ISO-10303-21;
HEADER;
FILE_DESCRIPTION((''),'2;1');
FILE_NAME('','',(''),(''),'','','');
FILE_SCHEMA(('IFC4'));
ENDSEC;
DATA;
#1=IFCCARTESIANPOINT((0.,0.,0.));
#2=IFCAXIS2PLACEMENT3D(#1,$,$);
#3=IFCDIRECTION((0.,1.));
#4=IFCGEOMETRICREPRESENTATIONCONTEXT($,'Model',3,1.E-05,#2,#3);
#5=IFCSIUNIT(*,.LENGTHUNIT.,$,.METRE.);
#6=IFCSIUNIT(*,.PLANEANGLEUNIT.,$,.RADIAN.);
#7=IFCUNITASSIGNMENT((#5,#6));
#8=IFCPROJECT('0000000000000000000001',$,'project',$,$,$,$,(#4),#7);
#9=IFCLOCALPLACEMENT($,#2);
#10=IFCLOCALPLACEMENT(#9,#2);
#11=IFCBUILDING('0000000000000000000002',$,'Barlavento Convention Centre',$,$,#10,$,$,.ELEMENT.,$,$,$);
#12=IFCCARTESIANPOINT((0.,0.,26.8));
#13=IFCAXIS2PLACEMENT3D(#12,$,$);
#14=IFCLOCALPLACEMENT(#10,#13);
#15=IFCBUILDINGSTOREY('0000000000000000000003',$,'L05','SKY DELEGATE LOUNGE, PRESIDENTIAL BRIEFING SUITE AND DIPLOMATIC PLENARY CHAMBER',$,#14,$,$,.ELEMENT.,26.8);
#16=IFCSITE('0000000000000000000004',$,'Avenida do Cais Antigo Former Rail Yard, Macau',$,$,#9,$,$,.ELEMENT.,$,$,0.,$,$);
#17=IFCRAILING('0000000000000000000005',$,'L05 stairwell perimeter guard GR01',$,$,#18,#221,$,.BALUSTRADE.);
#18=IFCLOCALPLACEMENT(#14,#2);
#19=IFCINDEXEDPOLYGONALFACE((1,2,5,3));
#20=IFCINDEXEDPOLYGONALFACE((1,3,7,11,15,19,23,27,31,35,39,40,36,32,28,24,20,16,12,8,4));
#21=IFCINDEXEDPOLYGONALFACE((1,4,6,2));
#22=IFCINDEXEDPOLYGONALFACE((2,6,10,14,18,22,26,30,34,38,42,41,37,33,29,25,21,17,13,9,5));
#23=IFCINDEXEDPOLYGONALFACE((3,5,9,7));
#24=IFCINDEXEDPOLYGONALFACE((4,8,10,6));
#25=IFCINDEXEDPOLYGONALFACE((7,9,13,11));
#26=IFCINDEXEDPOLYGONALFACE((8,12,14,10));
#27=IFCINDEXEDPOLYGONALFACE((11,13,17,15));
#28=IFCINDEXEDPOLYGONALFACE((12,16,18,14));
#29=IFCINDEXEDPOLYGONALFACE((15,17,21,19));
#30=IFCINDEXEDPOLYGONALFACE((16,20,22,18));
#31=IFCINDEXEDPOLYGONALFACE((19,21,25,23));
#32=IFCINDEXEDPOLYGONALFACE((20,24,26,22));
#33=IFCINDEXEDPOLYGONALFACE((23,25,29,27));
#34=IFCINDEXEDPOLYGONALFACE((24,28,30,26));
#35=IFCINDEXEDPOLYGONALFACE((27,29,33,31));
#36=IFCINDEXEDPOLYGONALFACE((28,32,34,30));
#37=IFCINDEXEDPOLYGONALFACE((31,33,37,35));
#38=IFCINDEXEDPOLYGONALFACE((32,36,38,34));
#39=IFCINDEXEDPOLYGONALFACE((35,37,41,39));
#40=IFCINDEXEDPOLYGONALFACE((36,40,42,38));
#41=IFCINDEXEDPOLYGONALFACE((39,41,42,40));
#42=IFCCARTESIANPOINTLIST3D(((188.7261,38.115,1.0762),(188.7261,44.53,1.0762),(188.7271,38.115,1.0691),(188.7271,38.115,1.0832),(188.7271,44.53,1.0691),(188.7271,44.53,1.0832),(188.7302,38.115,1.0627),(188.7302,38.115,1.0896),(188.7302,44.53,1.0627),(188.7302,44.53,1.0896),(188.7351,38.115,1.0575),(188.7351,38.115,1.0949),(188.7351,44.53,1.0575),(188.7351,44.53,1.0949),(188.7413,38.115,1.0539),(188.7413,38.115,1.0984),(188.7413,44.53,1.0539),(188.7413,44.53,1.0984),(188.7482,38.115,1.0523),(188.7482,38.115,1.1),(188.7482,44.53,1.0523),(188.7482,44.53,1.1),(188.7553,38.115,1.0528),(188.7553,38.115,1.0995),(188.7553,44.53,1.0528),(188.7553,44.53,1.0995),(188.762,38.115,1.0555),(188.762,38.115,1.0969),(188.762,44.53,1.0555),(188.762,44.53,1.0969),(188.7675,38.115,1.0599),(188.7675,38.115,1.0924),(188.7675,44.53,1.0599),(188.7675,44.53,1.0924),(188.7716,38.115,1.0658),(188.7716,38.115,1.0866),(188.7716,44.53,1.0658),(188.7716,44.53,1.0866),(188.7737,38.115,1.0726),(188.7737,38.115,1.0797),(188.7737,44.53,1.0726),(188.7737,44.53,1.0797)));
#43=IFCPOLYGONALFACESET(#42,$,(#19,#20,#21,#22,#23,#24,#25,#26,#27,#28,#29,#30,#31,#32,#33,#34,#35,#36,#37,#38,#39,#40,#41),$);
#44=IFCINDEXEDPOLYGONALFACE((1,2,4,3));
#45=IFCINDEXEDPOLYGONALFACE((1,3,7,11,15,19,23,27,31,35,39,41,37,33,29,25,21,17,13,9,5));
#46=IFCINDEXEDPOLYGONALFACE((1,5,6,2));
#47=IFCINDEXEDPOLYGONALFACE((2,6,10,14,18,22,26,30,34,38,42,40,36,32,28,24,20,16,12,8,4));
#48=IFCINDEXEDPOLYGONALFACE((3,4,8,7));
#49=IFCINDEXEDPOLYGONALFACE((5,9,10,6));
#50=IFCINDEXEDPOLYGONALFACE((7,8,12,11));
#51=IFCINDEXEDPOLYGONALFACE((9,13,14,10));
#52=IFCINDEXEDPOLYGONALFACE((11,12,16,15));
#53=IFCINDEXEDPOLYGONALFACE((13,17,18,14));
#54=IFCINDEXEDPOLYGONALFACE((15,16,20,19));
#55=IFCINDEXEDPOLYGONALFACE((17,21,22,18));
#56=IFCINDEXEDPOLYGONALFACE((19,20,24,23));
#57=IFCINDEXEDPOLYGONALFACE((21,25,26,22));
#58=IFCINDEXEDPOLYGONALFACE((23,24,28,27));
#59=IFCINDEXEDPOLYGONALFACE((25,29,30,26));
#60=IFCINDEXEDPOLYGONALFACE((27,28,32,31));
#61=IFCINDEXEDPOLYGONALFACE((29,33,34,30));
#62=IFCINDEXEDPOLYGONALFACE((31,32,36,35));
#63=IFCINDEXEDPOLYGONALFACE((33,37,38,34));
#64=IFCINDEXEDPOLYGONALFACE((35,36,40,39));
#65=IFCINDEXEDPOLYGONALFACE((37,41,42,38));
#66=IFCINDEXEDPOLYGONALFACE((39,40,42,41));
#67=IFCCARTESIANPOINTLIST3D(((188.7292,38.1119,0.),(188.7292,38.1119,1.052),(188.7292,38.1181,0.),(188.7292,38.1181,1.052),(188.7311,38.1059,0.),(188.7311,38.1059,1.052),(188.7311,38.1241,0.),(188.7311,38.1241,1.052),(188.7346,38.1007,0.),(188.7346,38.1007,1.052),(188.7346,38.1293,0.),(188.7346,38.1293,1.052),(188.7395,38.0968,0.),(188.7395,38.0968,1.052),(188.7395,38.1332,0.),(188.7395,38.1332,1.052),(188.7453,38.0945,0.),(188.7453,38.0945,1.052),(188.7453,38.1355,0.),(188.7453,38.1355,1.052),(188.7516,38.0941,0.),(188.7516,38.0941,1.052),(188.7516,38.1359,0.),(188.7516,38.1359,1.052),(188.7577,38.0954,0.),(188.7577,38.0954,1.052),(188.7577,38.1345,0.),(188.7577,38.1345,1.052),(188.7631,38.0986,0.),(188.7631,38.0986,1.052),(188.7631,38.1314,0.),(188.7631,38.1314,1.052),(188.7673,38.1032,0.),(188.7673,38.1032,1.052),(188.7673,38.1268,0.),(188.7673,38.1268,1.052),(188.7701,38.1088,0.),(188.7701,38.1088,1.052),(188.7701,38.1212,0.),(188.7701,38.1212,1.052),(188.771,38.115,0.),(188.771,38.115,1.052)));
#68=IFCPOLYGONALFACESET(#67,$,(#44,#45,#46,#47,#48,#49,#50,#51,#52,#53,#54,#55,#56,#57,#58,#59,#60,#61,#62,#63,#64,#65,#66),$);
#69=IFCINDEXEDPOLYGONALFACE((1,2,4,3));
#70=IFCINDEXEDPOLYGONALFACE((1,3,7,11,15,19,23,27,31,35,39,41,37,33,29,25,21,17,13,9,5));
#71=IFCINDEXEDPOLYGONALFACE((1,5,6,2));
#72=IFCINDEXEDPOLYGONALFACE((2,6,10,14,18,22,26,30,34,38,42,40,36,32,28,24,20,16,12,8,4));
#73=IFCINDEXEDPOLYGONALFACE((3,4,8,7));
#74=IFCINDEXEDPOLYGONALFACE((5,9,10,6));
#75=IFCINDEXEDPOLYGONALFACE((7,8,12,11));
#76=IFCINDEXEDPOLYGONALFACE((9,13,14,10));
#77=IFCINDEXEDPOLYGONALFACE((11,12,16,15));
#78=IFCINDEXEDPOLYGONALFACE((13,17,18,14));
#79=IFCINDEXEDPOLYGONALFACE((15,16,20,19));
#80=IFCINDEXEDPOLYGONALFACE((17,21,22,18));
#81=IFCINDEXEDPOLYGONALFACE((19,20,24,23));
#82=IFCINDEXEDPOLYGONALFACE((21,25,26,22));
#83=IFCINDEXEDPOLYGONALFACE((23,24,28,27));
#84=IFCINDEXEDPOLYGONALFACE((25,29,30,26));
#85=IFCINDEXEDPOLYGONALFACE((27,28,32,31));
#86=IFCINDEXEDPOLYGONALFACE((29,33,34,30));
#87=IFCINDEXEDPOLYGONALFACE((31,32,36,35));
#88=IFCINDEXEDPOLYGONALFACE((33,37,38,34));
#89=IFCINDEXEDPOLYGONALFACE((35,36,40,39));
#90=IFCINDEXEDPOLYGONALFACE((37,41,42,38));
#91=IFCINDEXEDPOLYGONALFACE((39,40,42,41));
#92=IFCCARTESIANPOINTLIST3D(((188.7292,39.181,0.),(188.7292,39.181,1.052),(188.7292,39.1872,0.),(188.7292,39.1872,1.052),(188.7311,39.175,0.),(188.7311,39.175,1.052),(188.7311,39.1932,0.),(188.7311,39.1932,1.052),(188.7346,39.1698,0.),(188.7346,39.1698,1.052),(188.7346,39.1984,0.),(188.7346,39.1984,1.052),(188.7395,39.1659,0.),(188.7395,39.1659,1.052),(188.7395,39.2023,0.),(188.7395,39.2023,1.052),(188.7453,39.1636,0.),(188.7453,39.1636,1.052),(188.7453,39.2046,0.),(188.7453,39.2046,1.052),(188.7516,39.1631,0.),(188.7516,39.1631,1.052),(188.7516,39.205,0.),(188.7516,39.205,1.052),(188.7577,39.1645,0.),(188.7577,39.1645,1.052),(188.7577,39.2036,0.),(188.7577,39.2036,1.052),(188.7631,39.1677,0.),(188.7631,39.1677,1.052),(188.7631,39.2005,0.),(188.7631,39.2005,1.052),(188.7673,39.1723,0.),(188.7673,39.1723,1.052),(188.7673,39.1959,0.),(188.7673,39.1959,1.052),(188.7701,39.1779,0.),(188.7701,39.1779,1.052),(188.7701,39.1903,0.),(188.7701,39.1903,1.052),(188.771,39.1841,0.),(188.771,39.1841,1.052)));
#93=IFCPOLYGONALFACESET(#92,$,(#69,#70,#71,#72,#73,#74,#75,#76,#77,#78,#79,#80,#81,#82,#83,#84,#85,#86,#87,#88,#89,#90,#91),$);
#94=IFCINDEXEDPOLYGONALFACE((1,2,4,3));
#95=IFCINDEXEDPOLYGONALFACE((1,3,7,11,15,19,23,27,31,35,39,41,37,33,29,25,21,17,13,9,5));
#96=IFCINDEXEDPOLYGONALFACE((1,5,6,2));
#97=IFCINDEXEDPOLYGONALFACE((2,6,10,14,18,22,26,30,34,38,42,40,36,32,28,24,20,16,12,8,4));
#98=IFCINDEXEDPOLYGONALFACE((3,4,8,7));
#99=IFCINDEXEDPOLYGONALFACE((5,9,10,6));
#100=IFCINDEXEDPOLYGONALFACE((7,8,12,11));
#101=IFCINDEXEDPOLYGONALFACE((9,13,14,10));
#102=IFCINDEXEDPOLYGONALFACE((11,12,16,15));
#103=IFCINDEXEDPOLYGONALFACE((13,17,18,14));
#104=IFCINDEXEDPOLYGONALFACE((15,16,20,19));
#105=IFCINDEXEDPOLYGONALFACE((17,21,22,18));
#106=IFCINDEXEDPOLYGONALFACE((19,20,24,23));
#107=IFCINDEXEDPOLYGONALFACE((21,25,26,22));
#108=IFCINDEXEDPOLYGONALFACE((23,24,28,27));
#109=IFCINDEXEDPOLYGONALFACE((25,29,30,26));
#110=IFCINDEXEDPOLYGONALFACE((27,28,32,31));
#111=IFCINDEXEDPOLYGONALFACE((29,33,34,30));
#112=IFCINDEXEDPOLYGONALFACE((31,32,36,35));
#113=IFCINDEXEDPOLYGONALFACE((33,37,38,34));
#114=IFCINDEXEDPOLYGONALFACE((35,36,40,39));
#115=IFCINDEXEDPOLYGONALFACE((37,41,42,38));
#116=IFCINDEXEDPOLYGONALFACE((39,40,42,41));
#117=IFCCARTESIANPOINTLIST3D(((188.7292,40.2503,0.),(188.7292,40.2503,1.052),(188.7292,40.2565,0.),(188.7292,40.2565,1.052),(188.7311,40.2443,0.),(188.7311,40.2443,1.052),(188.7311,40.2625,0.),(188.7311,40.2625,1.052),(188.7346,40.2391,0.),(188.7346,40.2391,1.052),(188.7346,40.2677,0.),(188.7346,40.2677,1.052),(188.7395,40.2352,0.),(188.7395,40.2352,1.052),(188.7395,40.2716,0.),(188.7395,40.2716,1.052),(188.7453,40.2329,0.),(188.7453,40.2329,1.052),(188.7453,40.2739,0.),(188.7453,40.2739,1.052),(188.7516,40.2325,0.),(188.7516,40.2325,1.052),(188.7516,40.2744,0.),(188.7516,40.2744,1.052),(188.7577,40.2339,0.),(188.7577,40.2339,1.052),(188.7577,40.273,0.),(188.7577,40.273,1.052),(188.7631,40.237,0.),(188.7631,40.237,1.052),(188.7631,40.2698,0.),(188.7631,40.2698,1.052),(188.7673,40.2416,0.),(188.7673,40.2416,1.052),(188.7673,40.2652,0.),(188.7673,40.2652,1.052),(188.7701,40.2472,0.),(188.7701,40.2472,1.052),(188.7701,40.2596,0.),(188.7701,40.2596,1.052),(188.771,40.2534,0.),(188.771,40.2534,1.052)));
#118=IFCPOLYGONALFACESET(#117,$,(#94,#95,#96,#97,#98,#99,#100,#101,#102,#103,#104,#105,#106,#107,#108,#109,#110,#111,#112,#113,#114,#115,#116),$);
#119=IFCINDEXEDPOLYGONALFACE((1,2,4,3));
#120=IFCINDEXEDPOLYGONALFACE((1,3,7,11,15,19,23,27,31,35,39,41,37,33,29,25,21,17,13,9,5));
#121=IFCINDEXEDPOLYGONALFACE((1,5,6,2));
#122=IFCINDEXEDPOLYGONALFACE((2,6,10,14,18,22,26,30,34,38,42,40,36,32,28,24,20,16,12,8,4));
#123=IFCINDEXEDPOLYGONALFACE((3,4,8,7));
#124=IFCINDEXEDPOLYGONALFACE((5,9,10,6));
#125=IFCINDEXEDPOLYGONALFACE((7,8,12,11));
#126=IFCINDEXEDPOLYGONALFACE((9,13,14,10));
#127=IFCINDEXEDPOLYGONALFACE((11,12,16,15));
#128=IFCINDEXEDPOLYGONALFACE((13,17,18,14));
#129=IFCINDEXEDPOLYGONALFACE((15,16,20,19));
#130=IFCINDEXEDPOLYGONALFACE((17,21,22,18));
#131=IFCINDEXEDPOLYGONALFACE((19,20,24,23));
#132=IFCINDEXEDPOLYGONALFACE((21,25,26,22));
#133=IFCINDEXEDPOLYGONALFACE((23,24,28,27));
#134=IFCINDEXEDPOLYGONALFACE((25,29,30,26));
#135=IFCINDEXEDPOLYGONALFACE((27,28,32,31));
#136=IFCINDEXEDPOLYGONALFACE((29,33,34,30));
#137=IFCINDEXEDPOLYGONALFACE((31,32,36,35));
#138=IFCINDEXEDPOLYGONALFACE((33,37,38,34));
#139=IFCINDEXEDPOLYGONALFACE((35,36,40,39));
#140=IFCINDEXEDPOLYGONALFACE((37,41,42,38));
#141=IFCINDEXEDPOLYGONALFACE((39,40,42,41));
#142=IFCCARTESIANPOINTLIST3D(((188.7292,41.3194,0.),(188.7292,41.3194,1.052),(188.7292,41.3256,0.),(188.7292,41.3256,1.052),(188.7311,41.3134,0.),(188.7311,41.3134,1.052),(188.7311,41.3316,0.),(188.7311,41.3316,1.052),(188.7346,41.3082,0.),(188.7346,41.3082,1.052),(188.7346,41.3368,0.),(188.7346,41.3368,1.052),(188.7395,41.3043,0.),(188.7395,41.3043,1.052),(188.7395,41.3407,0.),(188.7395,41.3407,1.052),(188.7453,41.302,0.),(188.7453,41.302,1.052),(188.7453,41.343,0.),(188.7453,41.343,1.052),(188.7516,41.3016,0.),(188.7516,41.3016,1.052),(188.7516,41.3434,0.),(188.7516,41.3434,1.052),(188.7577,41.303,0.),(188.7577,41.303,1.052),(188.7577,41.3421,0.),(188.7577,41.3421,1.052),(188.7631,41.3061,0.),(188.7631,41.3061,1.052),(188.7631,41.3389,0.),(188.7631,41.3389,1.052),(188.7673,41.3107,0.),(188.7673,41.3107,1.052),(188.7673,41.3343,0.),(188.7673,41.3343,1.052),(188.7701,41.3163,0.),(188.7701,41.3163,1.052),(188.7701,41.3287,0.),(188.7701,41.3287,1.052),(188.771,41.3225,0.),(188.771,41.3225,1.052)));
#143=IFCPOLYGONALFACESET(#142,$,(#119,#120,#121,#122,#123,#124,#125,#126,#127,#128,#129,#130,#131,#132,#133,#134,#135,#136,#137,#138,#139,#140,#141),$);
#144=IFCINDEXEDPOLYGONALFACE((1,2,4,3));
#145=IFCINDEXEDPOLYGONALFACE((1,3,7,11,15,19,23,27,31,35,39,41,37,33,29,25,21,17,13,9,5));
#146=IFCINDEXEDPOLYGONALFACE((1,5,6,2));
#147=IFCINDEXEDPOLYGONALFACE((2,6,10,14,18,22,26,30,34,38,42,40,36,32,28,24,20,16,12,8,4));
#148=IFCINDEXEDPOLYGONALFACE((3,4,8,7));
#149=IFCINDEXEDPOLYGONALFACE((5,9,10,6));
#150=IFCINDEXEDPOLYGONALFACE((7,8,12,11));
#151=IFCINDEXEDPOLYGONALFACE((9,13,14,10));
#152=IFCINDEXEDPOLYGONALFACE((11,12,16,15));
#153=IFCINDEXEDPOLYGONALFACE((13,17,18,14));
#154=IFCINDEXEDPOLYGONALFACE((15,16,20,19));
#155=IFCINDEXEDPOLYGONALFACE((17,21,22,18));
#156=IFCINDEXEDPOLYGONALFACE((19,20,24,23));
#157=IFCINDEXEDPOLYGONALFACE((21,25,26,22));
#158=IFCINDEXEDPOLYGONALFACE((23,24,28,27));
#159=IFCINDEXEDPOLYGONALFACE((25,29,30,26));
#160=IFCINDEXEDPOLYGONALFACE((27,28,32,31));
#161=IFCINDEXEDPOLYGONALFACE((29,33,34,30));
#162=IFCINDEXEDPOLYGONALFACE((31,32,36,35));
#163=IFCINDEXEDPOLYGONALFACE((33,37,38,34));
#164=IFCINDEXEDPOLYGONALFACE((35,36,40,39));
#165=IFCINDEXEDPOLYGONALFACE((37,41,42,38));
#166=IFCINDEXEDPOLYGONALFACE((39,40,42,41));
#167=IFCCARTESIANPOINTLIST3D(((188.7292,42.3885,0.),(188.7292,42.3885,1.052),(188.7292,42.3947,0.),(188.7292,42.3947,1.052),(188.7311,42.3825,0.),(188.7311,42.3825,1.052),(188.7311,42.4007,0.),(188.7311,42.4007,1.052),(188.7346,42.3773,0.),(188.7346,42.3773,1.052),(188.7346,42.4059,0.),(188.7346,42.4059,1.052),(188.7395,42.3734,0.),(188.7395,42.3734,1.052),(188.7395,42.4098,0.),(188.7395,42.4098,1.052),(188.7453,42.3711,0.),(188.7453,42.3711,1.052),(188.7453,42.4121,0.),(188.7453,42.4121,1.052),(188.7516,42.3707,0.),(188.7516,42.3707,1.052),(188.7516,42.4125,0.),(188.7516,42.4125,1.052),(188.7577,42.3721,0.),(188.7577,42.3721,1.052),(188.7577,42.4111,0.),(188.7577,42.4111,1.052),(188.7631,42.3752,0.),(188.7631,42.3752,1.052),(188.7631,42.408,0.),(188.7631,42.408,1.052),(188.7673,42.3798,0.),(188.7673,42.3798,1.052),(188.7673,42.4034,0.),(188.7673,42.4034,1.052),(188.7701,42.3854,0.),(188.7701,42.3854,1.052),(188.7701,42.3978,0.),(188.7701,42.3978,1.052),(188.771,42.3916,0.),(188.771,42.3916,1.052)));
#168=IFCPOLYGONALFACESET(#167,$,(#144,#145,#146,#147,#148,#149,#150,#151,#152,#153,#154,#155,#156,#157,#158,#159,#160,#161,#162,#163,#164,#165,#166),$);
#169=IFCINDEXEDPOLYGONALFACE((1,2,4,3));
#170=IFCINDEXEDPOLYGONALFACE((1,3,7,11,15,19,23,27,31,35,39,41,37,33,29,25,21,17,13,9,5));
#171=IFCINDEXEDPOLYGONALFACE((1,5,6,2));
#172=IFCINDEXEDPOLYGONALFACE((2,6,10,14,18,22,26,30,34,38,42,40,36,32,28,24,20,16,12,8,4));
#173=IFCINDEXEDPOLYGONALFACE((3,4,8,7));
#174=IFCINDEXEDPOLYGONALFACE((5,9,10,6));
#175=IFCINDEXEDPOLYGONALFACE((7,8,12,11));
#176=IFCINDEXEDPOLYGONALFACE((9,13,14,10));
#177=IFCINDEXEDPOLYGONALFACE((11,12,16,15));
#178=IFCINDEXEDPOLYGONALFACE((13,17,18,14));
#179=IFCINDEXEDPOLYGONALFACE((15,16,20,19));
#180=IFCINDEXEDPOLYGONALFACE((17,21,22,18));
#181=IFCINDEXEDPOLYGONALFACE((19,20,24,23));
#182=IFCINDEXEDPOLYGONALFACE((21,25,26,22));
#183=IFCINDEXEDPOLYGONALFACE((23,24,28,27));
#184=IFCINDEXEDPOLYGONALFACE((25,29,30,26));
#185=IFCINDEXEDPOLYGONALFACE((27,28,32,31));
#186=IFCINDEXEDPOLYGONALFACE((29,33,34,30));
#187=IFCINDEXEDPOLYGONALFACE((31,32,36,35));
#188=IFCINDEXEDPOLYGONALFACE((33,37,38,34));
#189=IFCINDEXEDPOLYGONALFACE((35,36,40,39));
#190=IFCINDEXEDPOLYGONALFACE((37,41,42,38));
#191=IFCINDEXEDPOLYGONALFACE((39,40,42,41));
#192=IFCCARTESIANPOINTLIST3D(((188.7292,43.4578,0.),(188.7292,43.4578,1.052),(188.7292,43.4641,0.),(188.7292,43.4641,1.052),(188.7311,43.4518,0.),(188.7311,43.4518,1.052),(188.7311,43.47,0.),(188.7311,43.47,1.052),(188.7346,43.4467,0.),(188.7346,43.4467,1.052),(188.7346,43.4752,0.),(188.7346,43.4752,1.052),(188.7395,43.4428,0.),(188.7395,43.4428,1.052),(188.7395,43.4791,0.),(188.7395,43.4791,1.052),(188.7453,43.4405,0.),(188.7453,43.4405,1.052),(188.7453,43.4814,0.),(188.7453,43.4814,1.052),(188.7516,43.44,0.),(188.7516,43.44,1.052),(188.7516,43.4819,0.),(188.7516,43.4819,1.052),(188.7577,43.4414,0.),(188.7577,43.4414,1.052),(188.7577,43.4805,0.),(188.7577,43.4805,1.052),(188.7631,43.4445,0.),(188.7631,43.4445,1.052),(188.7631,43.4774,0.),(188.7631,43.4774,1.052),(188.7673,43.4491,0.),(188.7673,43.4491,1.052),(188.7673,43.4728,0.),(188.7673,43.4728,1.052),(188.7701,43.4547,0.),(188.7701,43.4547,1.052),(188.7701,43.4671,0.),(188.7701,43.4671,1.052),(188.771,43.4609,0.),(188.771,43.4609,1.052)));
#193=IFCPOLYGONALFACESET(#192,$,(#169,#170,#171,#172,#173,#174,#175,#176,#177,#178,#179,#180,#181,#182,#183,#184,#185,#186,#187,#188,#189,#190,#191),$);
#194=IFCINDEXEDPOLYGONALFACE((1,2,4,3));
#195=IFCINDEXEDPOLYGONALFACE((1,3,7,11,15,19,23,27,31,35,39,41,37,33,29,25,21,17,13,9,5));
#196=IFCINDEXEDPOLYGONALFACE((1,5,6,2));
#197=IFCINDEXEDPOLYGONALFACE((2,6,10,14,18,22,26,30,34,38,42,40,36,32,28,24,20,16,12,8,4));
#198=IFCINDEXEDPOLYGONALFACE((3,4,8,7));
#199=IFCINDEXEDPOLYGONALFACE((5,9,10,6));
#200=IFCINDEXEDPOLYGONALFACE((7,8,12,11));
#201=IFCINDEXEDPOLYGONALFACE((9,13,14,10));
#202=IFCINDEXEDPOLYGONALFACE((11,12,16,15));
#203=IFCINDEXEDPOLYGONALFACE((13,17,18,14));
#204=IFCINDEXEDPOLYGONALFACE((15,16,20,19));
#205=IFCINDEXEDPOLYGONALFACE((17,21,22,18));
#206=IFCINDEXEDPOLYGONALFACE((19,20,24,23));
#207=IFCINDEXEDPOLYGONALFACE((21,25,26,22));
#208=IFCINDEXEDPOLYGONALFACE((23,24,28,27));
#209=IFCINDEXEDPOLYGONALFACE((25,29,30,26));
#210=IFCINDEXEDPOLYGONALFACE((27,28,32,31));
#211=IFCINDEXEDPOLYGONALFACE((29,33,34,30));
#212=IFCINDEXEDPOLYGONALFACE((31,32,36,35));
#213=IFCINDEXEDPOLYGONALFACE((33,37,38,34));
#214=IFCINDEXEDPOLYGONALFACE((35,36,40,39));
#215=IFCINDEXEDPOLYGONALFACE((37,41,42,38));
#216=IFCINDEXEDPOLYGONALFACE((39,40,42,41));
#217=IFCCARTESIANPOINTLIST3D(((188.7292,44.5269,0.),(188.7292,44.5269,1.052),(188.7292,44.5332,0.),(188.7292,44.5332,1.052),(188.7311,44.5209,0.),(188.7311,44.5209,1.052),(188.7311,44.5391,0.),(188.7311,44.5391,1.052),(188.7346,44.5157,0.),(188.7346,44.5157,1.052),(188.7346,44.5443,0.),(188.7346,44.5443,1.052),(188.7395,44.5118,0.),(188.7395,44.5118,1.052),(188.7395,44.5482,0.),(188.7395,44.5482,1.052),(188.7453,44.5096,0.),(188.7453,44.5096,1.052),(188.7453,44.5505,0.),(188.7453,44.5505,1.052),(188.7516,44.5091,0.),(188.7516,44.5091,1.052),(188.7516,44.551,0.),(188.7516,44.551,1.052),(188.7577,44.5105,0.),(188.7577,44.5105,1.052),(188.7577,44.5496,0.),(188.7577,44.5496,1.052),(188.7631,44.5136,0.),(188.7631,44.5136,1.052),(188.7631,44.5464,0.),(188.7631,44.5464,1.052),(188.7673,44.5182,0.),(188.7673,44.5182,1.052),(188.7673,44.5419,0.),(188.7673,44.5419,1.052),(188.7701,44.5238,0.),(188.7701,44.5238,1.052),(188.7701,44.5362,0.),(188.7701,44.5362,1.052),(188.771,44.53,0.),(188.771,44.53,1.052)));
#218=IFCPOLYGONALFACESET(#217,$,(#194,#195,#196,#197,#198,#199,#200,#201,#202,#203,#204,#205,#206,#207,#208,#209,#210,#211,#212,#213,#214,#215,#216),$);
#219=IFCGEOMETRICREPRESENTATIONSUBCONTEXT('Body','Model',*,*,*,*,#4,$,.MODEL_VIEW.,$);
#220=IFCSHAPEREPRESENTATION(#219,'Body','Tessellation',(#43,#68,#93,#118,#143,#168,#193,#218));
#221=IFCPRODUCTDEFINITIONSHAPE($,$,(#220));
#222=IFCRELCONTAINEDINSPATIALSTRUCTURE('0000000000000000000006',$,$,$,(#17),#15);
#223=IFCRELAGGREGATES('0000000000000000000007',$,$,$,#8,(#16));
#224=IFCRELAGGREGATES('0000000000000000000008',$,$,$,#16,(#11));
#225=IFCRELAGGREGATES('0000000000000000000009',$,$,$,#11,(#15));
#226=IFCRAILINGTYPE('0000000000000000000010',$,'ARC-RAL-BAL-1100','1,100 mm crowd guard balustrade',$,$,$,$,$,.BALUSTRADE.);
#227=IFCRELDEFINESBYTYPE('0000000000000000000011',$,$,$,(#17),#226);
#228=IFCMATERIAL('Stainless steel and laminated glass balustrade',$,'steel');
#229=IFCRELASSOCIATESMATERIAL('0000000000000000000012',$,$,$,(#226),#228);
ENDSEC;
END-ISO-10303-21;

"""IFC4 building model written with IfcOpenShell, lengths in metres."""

from ifc_helpers import new_model, si_unit, direction, frame, origin, origin_2d, place, context, subcontext, project, spatial, circle, extrude, material, type_object, element, save


model = new_model("IFC4")

# Units and contexts
model_context = context("Model", 3, precision=1e-05, world=origin(), true_north=direction((0.0, 1.0)))
body_context = subcontext(model_context, "Body", "Model", "MODEL_VIEW")
ifc_project = project(units=[si_unit("LENGTHUNIT", "METRE"), si_unit("PLANEANGLEUNIT", "RADIAN")], contexts=[model_context])

# Site, building, storey
site_placement = place(None, origin())
site = spatial("IfcSite", under=ifc_project, at=site_placement, Name="Avenida do Cais Antigo Former Rail Yard, Macau", CompositionType="ELEMENT", RefElevation=0.0)
building_placement = place(site_placement, origin())
building = spatial("IfcBuilding", under=site, at=building_placement, Name="Barlavento Convention Centre", CompositionType="ELEMENT")
storey_placement = place(building_placement, frame((0.0, 0.0, 26.8)))
storey = spatial("IfcBuildingStorey", under=building, at=storey_placement, Name="L05", Description="SKY DELEGATE LOUNGE, PRESIDENTIAL BRIEFING SUITE AND DIPLOMATIC PLENARY CHAMBER", CompositionType="ELEMENT", Elevation=26.8)

# Railing
ifc_material_1 = material(Name="Stainless steel and laminated glass balustrade", Category="steel")
railing_type = type_object("IfcRailingType", Name="ARC-RAL-BAL-1100", Description="1,100 mm crowd guard balustrade", PredefinedType="BALUSTRADE", material=ifc_material_1)
railing_1_placement = place(storey_placement, frame((188.75, 38.115, 0.0)))
element("IfcRailing", 1, at=railing_1_placement, inside=storey, type_object=railing_type, Name="L05 stairwell perimeter guard GR01", PredefinedType="BALUSTRADE", context=body_context, shape_type="SweptSolid", body=[
    extrude(circle(Radius=0.0239, at=origin_2d()), frame((0.0, 0.0, 1.0762), z_axis=(0.0, 1.0, 0.0), x_axis=(-1.0, 0.0, 0.0)), (0.0, 0.0, 1.0), 6.415),
    extrude(circle(Radius=0.021, at=origin_2d()), origin(), (0.0, 0.0, 1.0), 1.052),
    extrude(circle(Radius=0.021, at=origin_2d()), frame((0.0, 1.0691, 0.0)), (0.0, 0.0, 1.0), 1.052),
    extrude(circle(Radius=0.021, at=origin_2d()), frame((0.0, 2.1384, 0.0)), (0.0, 0.0, 1.0), 1.052),
    extrude(circle(Radius=0.021, at=origin_2d()), frame((0.0, 3.2075, 0.0)), (0.0, 0.0, 1.0), 1.052),
    extrude(circle(Radius=0.021, at=origin_2d()), frame((0.0, 4.2766, 0.0)), (0.0, 0.0, 1.0), 1.052),
    extrude(circle(Radius=0.021, at=origin_2d()), frame((0.0, 5.3459, 0.0)), (0.0, 0.0, 1.0), 1.052),
    extrude(circle(Radius=0.021, at=origin_2d()), frame((0.0, 6.415, 0.0)), (0.0, 0.0, 1.0), 1.052),
])

save(model, "model.ifc")
